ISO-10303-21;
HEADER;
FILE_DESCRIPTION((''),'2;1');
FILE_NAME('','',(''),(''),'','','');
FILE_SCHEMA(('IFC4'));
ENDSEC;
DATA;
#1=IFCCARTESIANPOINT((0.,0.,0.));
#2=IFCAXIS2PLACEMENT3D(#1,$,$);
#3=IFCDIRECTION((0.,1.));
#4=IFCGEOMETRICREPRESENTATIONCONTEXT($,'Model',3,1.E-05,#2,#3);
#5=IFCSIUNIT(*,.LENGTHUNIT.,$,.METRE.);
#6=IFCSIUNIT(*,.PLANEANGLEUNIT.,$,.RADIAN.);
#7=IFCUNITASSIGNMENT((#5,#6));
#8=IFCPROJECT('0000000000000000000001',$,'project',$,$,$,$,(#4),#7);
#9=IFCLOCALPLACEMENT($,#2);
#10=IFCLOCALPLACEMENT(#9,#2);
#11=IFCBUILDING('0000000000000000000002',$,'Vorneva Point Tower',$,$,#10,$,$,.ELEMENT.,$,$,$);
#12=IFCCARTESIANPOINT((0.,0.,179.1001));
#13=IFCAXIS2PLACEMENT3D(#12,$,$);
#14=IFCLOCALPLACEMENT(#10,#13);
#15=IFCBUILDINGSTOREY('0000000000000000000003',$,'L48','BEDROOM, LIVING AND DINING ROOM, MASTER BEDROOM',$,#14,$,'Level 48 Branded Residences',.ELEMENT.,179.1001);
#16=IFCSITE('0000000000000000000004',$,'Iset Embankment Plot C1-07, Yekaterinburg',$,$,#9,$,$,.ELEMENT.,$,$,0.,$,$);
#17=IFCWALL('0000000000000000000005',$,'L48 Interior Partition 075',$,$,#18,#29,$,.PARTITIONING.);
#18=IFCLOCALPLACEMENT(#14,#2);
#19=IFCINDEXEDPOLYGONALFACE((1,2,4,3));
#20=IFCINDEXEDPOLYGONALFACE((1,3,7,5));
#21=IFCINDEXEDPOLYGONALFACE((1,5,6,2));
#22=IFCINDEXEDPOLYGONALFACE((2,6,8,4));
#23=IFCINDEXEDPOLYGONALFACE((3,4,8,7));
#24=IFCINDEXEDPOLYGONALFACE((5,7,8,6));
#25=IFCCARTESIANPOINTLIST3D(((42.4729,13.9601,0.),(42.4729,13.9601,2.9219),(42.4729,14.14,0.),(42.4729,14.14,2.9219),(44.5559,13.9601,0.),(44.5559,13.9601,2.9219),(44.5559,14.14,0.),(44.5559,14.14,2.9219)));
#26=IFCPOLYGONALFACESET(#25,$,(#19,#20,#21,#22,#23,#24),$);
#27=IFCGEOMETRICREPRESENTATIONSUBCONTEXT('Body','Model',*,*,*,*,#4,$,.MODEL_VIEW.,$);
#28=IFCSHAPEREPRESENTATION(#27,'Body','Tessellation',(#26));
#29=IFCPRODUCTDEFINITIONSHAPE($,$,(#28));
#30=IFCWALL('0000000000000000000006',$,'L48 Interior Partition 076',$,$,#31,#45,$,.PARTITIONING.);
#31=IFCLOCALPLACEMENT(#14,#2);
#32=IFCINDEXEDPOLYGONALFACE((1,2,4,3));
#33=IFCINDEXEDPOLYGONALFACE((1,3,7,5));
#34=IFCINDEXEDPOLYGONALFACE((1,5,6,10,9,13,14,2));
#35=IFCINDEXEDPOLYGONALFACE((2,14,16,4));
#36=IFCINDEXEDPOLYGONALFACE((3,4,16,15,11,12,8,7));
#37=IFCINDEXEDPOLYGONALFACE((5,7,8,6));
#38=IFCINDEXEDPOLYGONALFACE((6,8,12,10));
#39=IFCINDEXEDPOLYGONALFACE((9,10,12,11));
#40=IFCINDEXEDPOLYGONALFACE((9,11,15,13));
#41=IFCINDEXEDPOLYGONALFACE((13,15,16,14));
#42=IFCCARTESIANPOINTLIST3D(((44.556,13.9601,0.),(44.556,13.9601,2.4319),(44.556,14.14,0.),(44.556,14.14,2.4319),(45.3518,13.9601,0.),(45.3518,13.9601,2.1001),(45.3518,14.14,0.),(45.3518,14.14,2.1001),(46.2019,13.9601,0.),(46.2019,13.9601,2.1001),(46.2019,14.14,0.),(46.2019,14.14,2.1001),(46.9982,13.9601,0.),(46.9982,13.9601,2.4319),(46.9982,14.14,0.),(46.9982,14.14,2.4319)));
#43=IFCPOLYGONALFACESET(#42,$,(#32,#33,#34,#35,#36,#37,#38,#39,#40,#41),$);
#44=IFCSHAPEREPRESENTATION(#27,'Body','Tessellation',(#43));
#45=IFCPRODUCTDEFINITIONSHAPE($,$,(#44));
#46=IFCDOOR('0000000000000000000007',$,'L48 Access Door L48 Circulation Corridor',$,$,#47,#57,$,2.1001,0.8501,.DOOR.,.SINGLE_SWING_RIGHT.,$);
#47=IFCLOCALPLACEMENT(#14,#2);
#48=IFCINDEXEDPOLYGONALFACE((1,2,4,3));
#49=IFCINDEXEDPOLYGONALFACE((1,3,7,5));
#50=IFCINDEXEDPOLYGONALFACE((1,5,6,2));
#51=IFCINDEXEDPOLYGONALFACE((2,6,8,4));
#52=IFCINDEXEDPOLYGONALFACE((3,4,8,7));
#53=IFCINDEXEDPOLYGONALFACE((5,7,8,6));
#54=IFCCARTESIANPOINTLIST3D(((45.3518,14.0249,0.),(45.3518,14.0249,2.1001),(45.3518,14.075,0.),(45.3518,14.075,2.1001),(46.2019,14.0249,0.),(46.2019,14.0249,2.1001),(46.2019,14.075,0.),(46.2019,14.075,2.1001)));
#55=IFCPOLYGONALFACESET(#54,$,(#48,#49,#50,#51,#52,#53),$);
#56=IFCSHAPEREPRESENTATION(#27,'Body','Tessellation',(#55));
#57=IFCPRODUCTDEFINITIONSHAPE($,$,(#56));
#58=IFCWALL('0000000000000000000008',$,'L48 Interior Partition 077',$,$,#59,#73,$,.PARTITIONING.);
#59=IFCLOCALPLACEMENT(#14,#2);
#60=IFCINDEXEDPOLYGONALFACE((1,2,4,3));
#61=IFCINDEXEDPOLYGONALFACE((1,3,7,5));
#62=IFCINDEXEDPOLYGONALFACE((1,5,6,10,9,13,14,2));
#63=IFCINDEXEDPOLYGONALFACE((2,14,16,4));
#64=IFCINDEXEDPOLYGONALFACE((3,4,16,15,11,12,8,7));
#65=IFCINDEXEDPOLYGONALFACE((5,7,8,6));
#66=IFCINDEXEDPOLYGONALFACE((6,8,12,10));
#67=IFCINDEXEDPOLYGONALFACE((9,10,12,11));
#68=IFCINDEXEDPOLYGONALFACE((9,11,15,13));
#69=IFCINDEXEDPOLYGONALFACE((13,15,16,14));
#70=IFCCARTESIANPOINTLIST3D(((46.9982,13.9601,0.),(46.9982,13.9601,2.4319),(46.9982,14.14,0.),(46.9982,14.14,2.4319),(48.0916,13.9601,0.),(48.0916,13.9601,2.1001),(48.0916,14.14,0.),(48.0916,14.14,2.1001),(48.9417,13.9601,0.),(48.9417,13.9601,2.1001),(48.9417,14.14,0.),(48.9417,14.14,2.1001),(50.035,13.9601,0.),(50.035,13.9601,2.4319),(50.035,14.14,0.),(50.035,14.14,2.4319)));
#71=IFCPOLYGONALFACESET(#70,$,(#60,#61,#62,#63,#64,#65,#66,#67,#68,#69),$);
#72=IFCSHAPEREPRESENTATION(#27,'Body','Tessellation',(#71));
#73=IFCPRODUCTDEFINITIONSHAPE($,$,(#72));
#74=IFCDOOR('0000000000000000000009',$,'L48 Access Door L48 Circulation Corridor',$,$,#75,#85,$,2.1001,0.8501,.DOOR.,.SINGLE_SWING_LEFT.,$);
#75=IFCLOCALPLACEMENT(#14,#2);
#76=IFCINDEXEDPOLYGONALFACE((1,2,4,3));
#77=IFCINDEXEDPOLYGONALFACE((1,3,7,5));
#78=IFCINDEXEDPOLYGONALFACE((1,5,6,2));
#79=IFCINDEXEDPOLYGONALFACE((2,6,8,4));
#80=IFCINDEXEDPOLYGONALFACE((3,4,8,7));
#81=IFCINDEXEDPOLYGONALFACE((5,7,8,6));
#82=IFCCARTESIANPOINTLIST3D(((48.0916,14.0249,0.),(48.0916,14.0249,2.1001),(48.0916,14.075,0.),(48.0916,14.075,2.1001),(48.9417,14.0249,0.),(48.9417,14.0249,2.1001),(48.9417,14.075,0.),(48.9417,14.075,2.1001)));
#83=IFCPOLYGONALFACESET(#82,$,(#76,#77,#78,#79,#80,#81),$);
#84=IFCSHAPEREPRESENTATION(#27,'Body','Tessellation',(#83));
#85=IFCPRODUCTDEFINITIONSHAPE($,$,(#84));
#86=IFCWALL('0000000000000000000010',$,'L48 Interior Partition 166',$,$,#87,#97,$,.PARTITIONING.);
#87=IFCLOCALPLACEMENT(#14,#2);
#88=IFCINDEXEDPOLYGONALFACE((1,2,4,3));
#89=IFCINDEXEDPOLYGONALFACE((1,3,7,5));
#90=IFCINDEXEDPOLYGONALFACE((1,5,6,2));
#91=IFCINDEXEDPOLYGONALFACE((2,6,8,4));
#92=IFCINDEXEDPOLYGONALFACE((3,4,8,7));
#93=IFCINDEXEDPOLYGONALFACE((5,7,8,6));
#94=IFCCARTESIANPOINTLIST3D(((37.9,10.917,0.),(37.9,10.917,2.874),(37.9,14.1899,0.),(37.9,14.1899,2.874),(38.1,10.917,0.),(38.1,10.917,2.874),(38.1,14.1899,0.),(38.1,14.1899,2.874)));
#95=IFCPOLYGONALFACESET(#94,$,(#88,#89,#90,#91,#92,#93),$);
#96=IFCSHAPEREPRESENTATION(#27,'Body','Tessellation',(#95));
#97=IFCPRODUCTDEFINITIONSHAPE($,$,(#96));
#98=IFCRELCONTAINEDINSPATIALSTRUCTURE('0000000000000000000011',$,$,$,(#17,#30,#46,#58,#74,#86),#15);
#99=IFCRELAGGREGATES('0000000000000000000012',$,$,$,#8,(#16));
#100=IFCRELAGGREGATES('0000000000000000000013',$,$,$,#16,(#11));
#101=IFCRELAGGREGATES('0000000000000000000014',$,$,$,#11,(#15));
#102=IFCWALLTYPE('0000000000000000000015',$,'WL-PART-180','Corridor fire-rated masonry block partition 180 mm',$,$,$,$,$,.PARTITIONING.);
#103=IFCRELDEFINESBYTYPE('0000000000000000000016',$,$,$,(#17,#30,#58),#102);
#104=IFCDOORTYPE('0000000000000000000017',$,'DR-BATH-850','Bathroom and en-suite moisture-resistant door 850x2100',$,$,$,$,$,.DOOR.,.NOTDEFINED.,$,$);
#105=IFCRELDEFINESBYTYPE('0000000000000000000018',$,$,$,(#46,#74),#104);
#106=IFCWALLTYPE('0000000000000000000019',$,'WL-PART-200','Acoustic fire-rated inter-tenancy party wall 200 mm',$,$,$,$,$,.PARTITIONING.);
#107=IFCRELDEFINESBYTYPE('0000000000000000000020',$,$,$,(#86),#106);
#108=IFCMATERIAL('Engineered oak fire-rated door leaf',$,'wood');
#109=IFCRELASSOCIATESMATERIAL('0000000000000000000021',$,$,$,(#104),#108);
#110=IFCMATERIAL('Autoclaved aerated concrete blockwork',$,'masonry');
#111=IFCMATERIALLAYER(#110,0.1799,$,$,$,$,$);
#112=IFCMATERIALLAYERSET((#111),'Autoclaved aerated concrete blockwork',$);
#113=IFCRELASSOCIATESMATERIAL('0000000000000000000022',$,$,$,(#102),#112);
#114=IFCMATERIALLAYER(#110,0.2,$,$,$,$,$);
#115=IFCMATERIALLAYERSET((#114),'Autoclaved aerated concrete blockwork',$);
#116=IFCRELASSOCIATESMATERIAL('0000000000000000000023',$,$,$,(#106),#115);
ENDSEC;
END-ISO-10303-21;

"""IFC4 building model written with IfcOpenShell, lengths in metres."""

from ifc_helpers import new_model, si_unit, direction, frame, frame_2d, origin, place, context, subcontext, project, spatial, rectangle, extrude, material, layer, layer_set, type_object, element, fill, save


model = new_model("IFC4")

# Units and contexts
model_context = context("Model", 3, precision=1e-05, world=origin(), true_north=direction((0.0, 1.0)))
body_context = subcontext(model_context, "Body", "Model", "MODEL_VIEW")
ifc_project = project(units=[si_unit("LENGTHUNIT", "METRE"), si_unit("PLANEANGLEUNIT", "RADIAN")], contexts=[model_context])

# Site, building, storey
site_placement = place(None, origin())
site = spatial("IfcSite", under=ifc_project, at=site_placement, Name="Iset Embankment Plot C1-07, Yekaterinburg", CompositionType="ELEMENT", RefElevation=0.0)
building_placement = place(site_placement, origin())
building = spatial("IfcBuilding", under=site, at=building_placement, Name="Vorneva Point Tower", CompositionType="ELEMENT")
storey_placement = place(building_placement, frame((0.0, 0.0, 179.1001)))
storey = spatial("IfcBuildingStorey", under=building, at=storey_placement, Name="L48", Description="BEDROOM, LIVING AND DINING ROOM, MASTER BEDROOM", LongName="Level 48 Branded Residences", CompositionType="ELEMENT", Elevation=179.1001)

# Shared definitions
ifc_material_1 = material(Name="Engineered oak fire-rated door leaf", Category="wood")
door_type_1 = type_object("IfcDoorType", Name="DR-BATH-850", Description="Bathroom and en-suite moisture-resistant door 850x2100", OperationType="NOTDEFINED", PredefinedType="DOOR", material=ifc_material_1)

# Shared definitions
ifc_material_2 = material(Name="Autoclaved aerated concrete blockwork", Category="masonry")
ifc_layer_1 = layer(ifc_material_2, 0.1799)
ifc_layer_set_1 = layer_set([ifc_layer_1], Name="Autoclaved aerated concrete blockwork")
wall_type_1 = type_object("IfcWallType", Name="WL-PART-180", Description="Corridor fire-rated masonry block partition 180 mm", PredefinedType="PARTITIONING", material=ifc_layer_set_1)

# Wall
wall_1_placement = place(storey_placement, frame((42.4729, 14.05, 0.0), z_axis=(0.0, 0.0, 1.0), x_axis=(1.0, 0.0, 0.0)))
element("IfcWall", 1, at=wall_1_placement, inside=storey, type_object=wall_type_1, Name="L48 Interior Partition 075", PredefinedType="PARTITIONING", context=body_context, shape_type="SweptSolid", body=[
    extrude(rectangle(XDim=2.083, YDim=0.1799, at=frame_2d((1.0415, 0.0))), origin(), (0.0, 0.0, 1.0), 2.9219),
])

# Walls, openings, doors
wall_2_placement = place(storey_placement, frame((44.5559, 14.05, 0.0), z_axis=(0.0, 0.0, 1.0), x_axis=(1.0, 0.0, 0.0)))
wall_2 = element("IfcWall", 2, at=wall_2_placement, inside=storey, type_object=wall_type_1, Name="L48 Interior Partition 076", PredefinedType="PARTITIONING", context=body_context, shape_type="SweptSolid", body=[
    extrude(rectangle(XDim=2.4421, YDim=0.1799, at=frame_2d((1.2212, 0.0))), origin(), (0.0, 0.0, 1.0), 2.4319),
])
opening_1_placement = place(wall_2_placement, frame((0.7959, 0.0, 0.0)))
opening_1 = element("IfcOpeningElement", 3, at=opening_1_placement, cuts=wall_2, PredefinedType="OPENING", context=body_context, shape_type="SweptSolid", body=[
    extrude(rectangle(XDim=0.8501, YDim=2.1001, at=frame_2d((0.425, 1.05))), frame((0.0, 0.105, 0.0), z_axis=(0.0, -1.0, 0.0), x_axis=(1.0, 0.0, 0.0)), (0.0, 0.0, 1.0), 0.2097),
])
door_1_placement = place(opening_1_placement, origin())
door_1 = element("IfcDoor", 4, at=door_1_placement, inside=storey, type_object=door_type_1, Name="L48 Access Door L48 Circulation Corridor", OperationType="SINGLE_SWING_RIGHT", OverallHeight=2.1001, OverallWidth=0.8501, PredefinedType="DOOR", context=body_context, shape_type="SweptSolid", body=[
    extrude(rectangle(XDim=0.8501, YDim=2.1001, at=frame_2d((0.425, 1.05))), frame((0.0, 0.0249, 0.0), z_axis=(0.0, -1.0, 0.0), x_axis=(1.0, 0.0, 0.0)), (0.0, 0.0, 1.0), 0.05),
])
fill(opening_1, door_1)
wall_3_placement = place(storey_placement, frame((46.998, 14.05, 0.0), z_axis=(0.0, 0.0, 1.0), x_axis=(1.0, 0.0, 0.0)))
wall_3 = element("IfcWall", 5, at=wall_3_placement, inside=storey, type_object=wall_type_1, Name="L48 Interior Partition 077", PredefinedType="PARTITIONING", context=body_context, shape_type="SweptSolid", body=[
    extrude(rectangle(XDim=3.0369, YDim=0.1799, at=frame_2d((1.5186, 0.0))), origin(), (0.0, 0.0, 1.0), 2.4319),
])
opening_2_placement = place(wall_3_placement, frame((1.0935, 0.0, 0.0)))
opening_2 = element("IfcOpeningElement", 6, at=opening_2_placement, cuts=wall_3, PredefinedType="OPENING", context=body_context, shape_type="SweptSolid", body=[
    extrude(rectangle(XDim=0.8501, YDim=2.1001, at=frame_2d((0.425, 1.05))), frame((0.0, 0.105, 0.0), z_axis=(0.0, -1.0, 0.0), x_axis=(1.0, 0.0, 0.0)), (0.0, 0.0, 1.0), 0.2097),
])
door_2_placement = place(opening_2_placement, origin())
door_2 = element("IfcDoor", 7, at=door_2_placement, inside=storey, type_object=door_type_1, Name="L48 Access Door L48 Circulation Corridor", OperationType="SINGLE_SWING_LEFT", OverallHeight=2.1001, OverallWidth=0.8501, PredefinedType="DOOR", context=body_context, shape_type="SweptSolid", body=[
    extrude(rectangle(XDim=0.8501, YDim=2.1001, at=frame_2d((0.425, 1.05))), frame((0.0, 0.0249, 0.0), z_axis=(0.0, -1.0, 0.0), x_axis=(1.0, 0.0, 0.0)), (0.0, 0.0, 1.0), 0.05),
])
fill(opening_2, door_2)

# Wall
ifc_layer_2 = layer(ifc_material_2, 0.2)
ifc_layer_set_2 = layer_set([ifc_layer_2], Name="Autoclaved aerated concrete blockwork")
wall_type_2 = type_object("IfcWallType", Name="WL-PART-200", Description="Acoustic fire-rated inter-tenancy party wall 200 mm", PredefinedType="PARTITIONING", material=ifc_layer_set_2)
wall_4_placement = place(storey_placement, frame((38.0, 10.917, 0.0), z_axis=(0.0, 0.0, 1.0), x_axis=(0.0, 1.0, 0.0)))
element("IfcWall", 8, at=wall_4_placement, inside=storey, type_object=wall_type_2, Name="L48 Interior Partition 166", PredefinedType="PARTITIONING", context=body_context, shape_type="SweptSolid", body=[
    extrude(rectangle(XDim=3.2729, YDim=0.2, at=frame_2d((1.6365, 0.0))), origin(), (0.0, 0.0, 1.0), 2.874),
])

save(model, "model.ifc")
